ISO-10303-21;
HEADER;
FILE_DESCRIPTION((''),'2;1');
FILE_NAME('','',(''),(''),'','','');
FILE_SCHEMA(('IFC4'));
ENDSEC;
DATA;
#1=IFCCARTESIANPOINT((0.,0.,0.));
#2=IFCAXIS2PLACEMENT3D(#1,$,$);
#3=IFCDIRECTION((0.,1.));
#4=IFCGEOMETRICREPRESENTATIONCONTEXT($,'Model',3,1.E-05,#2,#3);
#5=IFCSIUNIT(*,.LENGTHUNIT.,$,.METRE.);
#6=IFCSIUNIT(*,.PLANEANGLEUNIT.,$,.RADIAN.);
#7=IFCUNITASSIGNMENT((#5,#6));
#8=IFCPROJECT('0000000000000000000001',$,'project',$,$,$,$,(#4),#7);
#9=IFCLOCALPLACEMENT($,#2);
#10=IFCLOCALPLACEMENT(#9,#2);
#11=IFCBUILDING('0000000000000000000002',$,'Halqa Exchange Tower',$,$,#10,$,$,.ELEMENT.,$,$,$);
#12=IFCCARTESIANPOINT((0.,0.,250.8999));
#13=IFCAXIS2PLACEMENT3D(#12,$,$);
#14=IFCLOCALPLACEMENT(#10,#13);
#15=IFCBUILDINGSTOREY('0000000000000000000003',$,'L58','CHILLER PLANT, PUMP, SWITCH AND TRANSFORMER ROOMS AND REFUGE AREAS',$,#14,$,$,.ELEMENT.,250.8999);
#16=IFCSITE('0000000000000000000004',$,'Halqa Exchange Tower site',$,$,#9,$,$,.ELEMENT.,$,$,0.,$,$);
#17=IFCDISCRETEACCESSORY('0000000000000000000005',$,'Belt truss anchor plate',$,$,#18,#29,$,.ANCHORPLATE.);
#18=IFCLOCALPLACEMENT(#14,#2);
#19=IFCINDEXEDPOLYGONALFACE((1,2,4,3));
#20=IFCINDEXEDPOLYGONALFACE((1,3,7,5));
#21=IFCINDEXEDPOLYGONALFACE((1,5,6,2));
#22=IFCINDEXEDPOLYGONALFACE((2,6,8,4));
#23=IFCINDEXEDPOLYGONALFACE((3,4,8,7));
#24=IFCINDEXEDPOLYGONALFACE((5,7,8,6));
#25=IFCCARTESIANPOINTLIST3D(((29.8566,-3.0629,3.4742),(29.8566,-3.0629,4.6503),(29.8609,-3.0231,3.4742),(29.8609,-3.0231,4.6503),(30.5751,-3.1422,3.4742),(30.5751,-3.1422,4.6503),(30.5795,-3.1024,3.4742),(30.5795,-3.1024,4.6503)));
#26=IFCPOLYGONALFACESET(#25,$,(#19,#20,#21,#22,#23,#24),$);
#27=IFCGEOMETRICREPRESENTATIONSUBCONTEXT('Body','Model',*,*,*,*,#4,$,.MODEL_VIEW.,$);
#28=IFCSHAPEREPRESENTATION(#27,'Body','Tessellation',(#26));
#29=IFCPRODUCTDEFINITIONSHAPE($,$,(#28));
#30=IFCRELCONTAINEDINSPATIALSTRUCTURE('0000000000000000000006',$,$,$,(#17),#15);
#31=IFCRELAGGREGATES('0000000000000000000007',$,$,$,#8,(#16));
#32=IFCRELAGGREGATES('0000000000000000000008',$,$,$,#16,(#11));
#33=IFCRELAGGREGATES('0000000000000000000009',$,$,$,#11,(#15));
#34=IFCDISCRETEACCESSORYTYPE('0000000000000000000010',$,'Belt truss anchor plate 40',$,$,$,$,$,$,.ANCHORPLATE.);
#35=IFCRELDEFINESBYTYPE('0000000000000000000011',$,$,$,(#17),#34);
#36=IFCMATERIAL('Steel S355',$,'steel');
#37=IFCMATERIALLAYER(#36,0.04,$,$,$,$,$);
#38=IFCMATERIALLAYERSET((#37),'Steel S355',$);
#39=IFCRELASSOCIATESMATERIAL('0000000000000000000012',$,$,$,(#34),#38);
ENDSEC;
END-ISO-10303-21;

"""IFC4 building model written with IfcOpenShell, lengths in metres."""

from ifc_helpers import new_model, si_unit, direction, frame, origin, origin_2d, place, context, subcontext, project, spatial, rectangle, extrude, material, layer, layer_set, type_object, element, save


model = new_model("IFC4")

# Units and contexts
model_context = context("Model", 3, precision=1e-05, world=origin(), true_north=direction((0.0, 1.0)))
body_context = subcontext(model_context, "Body", "Model", "MODEL_VIEW")
ifc_project = project(units=[si_unit("LENGTHUNIT", "METRE"), si_unit("PLANEANGLEUNIT", "RADIAN")], contexts=[model_context])

# Site, building, storey
site_placement = place(None, origin())
site = spatial("IfcSite", under=ifc_project, at=site_placement, Name="Halqa Exchange Tower site", CompositionType="ELEMENT", RefElevation=0.0)
building_placement = place(site_placement, origin())
building = spatial("IfcBuilding", under=site, at=building_placement, Name="Halqa Exchange Tower", CompositionType="ELEMENT")
storey_placement = place(building_placement, frame((0.0, 0.0, 250.8999)))
storey = spatial("IfcBuildingStorey", under=building, at=storey_placement, Name="L58", Description="CHILLER PLANT, PUMP, SWITCH AND TRANSFORMER ROOMS AND REFUGE AREAS", CompositionType="ELEMENT", Elevation=250.8999)

# Shared definitions
ifc_material_1 = material(Name="Steel S355", Category="steel")

# Discrete accessory
ifc_layer_1 = layer(ifc_material_1, 0.04)
ifc_layer_set_1 = layer_set([ifc_layer_1], Name="Steel S355")
discrete_accessory_type = type_object("IfcDiscreteAccessoryType", Name="Belt truss anchor plate 40", PredefinedType="ANCHORPLATE", material=ifc_layer_set_1)
discrete_accessory_1_placement = place(storey_placement, frame((30.2202, -3.0627, 4.0623), z_axis=(-0.109762, -0.993958, 0.0), x_axis=(0.993958, -0.109762, 0.0)))
element("IfcDiscreteAccessory", 1, at=discrete_accessory_1_placement, inside=storey, type_object=discrete_accessory_type, Name="Belt truss anchor plate", PredefinedType="ANCHORPLATE", context=body_context, shape_type="SweptSolid", body=[
    extrude(rectangle(XDim=0.7229, YDim=1.176, at=origin_2d()), origin(), (0.0, 0.0, 1.0), 0.04),
])

save(model, "model.ifc")
